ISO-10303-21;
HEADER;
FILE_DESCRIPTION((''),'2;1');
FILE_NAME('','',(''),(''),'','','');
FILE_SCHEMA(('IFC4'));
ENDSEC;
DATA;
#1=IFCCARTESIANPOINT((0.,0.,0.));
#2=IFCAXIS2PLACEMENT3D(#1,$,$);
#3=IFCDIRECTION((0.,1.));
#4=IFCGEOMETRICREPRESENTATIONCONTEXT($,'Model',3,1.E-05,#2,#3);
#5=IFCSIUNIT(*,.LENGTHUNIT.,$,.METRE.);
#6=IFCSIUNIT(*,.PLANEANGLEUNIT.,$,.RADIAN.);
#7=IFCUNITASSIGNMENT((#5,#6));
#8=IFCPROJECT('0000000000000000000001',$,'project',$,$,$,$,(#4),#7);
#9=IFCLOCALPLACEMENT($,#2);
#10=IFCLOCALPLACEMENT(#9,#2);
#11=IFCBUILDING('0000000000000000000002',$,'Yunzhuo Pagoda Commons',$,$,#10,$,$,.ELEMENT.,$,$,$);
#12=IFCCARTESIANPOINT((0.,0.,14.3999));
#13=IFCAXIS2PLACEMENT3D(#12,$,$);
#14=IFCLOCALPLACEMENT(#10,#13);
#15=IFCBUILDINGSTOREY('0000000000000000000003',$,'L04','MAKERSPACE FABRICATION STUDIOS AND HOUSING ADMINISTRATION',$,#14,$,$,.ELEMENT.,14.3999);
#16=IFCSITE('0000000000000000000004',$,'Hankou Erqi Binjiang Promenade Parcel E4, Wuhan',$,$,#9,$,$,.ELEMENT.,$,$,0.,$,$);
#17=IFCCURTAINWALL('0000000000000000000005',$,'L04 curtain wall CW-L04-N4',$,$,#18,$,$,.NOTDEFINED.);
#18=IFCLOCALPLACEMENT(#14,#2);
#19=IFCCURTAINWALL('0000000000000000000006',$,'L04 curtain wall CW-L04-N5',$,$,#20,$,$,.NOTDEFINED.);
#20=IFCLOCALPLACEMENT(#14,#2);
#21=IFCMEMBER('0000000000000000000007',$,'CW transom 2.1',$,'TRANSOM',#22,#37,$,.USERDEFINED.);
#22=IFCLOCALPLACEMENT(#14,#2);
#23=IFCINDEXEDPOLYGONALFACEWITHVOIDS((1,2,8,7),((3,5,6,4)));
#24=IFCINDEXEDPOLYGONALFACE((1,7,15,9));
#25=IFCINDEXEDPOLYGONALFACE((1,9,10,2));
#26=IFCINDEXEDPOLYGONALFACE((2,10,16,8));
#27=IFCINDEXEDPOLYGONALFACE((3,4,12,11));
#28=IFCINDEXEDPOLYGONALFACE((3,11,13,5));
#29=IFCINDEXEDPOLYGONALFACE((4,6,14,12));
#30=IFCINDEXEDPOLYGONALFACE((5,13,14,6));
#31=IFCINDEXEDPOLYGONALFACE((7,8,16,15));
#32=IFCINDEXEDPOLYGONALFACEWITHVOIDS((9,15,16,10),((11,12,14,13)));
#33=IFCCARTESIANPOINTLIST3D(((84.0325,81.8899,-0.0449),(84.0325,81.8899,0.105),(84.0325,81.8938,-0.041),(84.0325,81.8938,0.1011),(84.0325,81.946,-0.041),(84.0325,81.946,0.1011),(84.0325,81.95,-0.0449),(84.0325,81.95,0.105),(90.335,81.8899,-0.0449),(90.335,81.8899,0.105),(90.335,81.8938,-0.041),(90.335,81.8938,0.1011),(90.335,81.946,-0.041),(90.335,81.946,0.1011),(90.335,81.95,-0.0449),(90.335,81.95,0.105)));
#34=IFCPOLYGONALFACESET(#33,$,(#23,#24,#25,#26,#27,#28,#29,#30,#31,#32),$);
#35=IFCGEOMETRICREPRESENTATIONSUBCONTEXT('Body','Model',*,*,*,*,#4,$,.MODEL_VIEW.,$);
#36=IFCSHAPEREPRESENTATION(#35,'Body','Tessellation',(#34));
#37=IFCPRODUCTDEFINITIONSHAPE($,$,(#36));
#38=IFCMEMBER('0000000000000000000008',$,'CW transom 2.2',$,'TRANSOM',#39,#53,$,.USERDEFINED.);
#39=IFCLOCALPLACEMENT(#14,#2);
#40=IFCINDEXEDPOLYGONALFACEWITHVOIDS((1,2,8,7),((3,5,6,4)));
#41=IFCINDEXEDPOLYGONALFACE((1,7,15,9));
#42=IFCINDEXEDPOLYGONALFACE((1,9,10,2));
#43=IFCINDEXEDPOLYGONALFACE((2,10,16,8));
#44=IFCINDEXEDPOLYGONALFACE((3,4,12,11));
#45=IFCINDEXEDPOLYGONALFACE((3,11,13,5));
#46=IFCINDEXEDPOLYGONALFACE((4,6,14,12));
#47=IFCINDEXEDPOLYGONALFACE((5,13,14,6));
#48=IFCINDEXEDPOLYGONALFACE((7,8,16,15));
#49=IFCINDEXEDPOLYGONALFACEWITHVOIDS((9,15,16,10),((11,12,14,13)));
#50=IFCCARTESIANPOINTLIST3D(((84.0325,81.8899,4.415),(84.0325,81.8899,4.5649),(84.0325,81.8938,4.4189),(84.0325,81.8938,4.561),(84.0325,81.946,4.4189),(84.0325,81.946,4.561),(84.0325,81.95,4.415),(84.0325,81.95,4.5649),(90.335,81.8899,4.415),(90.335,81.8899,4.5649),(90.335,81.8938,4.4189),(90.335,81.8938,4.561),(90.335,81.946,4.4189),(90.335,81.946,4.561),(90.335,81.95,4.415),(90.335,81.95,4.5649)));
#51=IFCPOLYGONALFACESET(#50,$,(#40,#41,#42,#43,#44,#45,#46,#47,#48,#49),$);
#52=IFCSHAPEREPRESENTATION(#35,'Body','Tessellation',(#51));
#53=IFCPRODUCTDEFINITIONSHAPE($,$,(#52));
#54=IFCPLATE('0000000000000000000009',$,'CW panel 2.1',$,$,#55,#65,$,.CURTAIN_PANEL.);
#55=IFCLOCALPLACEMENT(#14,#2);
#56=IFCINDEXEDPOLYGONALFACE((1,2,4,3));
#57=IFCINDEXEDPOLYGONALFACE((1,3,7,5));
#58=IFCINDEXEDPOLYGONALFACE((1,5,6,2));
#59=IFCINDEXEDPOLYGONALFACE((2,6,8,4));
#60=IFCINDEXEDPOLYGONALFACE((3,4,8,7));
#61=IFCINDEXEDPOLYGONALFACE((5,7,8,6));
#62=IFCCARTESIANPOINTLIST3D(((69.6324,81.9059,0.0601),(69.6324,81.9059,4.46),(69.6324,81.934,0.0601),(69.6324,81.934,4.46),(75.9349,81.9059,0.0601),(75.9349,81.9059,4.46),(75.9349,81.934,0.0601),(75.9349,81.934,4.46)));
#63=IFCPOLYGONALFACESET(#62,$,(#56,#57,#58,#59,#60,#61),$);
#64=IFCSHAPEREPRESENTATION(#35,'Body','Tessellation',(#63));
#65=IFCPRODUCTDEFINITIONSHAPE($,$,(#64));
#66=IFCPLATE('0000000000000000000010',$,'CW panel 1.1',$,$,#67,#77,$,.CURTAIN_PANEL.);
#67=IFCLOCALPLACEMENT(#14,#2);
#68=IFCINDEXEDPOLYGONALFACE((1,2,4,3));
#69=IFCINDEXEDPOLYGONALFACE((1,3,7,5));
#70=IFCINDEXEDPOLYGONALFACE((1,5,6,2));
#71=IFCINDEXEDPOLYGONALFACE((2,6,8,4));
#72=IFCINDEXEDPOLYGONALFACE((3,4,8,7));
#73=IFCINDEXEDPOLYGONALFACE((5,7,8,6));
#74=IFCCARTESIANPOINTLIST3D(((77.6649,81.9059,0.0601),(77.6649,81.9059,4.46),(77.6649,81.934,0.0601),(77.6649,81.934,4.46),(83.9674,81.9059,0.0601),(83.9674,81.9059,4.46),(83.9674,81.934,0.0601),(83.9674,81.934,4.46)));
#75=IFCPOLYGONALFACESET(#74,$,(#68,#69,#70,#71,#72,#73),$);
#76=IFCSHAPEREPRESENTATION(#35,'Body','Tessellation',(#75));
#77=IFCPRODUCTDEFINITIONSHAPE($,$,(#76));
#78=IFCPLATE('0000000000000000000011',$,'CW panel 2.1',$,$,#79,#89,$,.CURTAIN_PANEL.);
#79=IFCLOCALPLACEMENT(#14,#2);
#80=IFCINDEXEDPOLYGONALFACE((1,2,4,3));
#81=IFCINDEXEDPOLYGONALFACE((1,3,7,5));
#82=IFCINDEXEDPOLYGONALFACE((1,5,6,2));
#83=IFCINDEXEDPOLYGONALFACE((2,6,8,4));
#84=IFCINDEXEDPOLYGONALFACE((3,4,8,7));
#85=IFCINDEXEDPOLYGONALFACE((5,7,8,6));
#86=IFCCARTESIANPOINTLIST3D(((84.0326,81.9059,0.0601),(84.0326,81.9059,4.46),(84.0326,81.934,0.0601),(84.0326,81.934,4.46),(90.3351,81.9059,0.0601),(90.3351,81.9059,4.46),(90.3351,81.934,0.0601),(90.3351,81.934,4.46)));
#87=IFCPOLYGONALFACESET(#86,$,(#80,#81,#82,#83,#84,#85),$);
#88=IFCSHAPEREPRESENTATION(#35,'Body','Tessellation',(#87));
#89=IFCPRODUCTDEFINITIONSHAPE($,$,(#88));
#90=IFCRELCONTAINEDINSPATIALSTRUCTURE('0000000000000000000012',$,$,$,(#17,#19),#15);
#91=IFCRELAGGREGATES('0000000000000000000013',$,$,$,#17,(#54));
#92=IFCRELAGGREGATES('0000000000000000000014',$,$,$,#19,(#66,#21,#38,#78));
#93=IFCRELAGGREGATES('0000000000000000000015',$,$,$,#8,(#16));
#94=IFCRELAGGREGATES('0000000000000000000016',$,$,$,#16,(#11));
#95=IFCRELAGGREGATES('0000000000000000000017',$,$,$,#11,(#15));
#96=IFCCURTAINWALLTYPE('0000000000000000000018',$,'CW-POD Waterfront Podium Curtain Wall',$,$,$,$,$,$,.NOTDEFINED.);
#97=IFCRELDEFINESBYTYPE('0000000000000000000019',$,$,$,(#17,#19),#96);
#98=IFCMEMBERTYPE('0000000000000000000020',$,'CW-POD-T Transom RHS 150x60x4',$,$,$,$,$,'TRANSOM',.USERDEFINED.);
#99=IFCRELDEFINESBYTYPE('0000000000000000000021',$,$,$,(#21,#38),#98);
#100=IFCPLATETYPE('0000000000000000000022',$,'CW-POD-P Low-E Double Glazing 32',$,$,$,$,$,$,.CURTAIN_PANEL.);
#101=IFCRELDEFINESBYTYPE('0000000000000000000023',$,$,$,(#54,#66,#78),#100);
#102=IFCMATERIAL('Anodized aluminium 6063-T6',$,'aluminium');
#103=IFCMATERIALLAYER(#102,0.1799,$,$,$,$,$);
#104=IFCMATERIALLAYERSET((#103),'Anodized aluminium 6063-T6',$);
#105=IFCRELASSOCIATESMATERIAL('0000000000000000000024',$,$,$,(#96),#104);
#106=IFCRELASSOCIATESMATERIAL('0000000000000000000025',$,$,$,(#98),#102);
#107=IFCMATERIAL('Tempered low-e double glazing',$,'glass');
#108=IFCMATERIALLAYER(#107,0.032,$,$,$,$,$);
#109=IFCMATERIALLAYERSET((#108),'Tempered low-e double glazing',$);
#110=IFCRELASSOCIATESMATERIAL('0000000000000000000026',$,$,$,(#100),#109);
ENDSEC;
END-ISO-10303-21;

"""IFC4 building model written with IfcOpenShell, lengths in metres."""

from ifc_helpers import new_model, si_unit, direction, frame, origin, origin_2d, place, context, subcontext, project, spatial, rectangle, hollow_rectangle, extrude, source, transform, mapped, material, layer, layer_set, material_profile, profile_set, type_object, element, aggregate, save


model = new_model("IFC4")

# Units and contexts
model_context = context("Model", 3, precision=1e-05, world=origin(), true_north=direction((0.0, 1.0)))
body_context = subcontext(model_context, "Body", "Model", "MODEL_VIEW")
ifc_project = project(units=[si_unit("LENGTHUNIT", "METRE"), si_unit("PLANEANGLEUNIT", "RADIAN")], contexts=[model_context])

# Site, building, storey
site_placement = place(None, origin())
site = spatial("IfcSite", under=ifc_project, at=site_placement, Name="Hankou Erqi Binjiang Promenade Parcel E4, Wuhan", CompositionType="ELEMENT", RefElevation=0.0)
building_placement = place(site_placement, origin())
building = spatial("IfcBuilding", under=site, at=building_placement, Name="Yunzhuo Pagoda Commons", CompositionType="ELEMENT")
storey_placement = place(building_placement, frame((0.0, 0.0, 14.3999)))
storey = spatial("IfcBuildingStorey", under=building, at=storey_placement, Name="L04", Description="MAKERSPACE FABRICATION STUDIOS AND HOUSING ADMINISTRATION", CompositionType="ELEMENT", Elevation=14.3999)

# Curtain walls
ifc_material_1 = material(Name="Anodized aluminium 6063-T6", Category="aluminium")
ifc_layer_1 = layer(ifc_material_1, 0.1799)
ifc_layer_set_1 = layer_set([ifc_layer_1], Name="Anodized aluminium 6063-T6")
curtain_wall_type = type_object("IfcCurtainWallType", Name="CW-POD Waterfront Podium Curtain Wall", PredefinedType="NOTDEFINED", material=ifc_layer_set_1)
curtain_wall_1_placement = place(storey_placement, origin())
curtain_wall_1 = element("IfcCurtainWall", 1, at=curtain_wall_1_placement, inside=storey, type_object=curtain_wall_type, Name="L04 curtain wall CW-L04-N4", PredefinedType="NOTDEFINED")
curtain_wall_2_placement = place(storey_placement, origin())
curtain_wall_2 = element("IfcCurtainWall", 2, at=curtain_wall_2_placement, inside=storey, type_object=curtain_wall_type, Name="L04 curtain wall CW-L04-N5", PredefinedType="NOTDEFINED")

# Members
ifc_material_profile_1 = material_profile(ifc_material_1, hollow_rectangle(XDim=0.0601, YDim=0.1499, WallThickness=0.0039, at=origin_2d()), Name="Anodized aluminium 6063-T6")
ifc_profile_set_1 = profile_set([ifc_material_profile_1], Name="Anodized aluminium 6063-T6")
member_type_1 = type_object("IfcMemberType", Name="CW-POD-T Transom RHS 150x60x4", ElementType="TRANSOM", PredefinedType="USERDEFINED", material=ifc_profile_set_1)
shared_shape_1 = source(origin(), body_context, "Body", "SweptSolid", [
    extrude(hollow_rectangle(XDim=0.0601, YDim=0.1499, WallThickness=0.0039, at=origin_2d()), origin(), (0.0, 0.0, 1.0), 6.3025),
])
member_1_placement = place(storey_placement, frame((84.0325, 81.9199, 0.03), z_axis=(1.0, 0.0, 0.0), x_axis=(0.0, 1.0, 0.0)))
member_1 = element("IfcMember", 3, at=member_1_placement, type_object=member_type_1, Name="CW transom 2.1", ObjectType="TRANSOM", PredefinedType="USERDEFINED", context=body_context, shape_type="MappedRepresentation", body=[
    mapped(shared_shape_1, transform((0.0, 0.0, 0.0), scale=1.0)),
])
member_2_placement = place(storey_placement, frame((84.0325, 81.9199, 4.49), z_axis=(1.0, 0.0, 0.0), x_axis=(0.0, 1.0, 0.0)))
member_2 = element("IfcMember", 4, at=member_2_placement, type_object=member_type_1, Name="CW transom 2.2", ObjectType="TRANSOM", PredefinedType="USERDEFINED", context=body_context, shape_type="MappedRepresentation", body=[
    mapped(shared_shape_1, transform((0.0, 0.0, 0.0), scale=1.0)),
])

# Plates
ifc_material_2 = material(Name="Tempered low-e double glazing", Category="glass")
ifc_layer_2 = layer(ifc_material_2, 0.032)
ifc_layer_set_2 = layer_set([ifc_layer_2], Name="Tempered low-e double glazing")
plate_type = type_object("IfcPlateType", Name="CW-POD-P Low-E Double Glazing 32", PredefinedType="CURTAIN_PANEL", material=ifc_layer_set_2)
shared_shape_2 = source(origin(), body_context, "Body", "SweptSolid", [
    extrude(rectangle(XDim=6.3025, YDim=0.0281, at=origin_2d()), origin(), (0.0, 0.0, 1.0), 4.3999),
])
plate_1_placement = place(storey_placement, frame((72.7837, 81.9199, 0.0601), z_axis=(0.0, 0.0, 1.0), x_axis=(1.0, 0.0, 0.0)))
plate_1 = element("IfcPlate", 5, at=plate_1_placement, type_object=plate_type, Name="CW panel 2.1", PredefinedType="CURTAIN_PANEL", context=body_context, shape_type="MappedRepresentation", body=[
    mapped(shared_shape_2, transform((0.0, 0.0, 0.0), scale=1.0)),
])
aggregate(curtain_wall_1, [plate_1])
plate_2_placement = place(storey_placement, frame((80.8162, 81.9199, 0.0601), z_axis=(0.0, 0.0, 1.0), x_axis=(1.0, 0.0, 0.0)))
plate_2 = element("IfcPlate", 6, at=plate_2_placement, type_object=plate_type, Name="CW panel 1.1", PredefinedType="CURTAIN_PANEL", context=body_context, shape_type="MappedRepresentation", body=[
    mapped(shared_shape_2, transform((0.0, 0.0, 0.0), scale=1.0)),
])
plate_3_placement = place(storey_placement, frame((87.1838, 81.9199, 0.0601), z_axis=(0.0, 0.0, 1.0), x_axis=(1.0, 0.0, 0.0)))
plate_3 = element("IfcPlate", 7, at=plate_3_placement, type_object=plate_type, Name="CW panel 2.1", PredefinedType="CURTAIN_PANEL", context=body_context, shape_type="MappedRepresentation", body=[
    mapped(shared_shape_2, transform((0.0, 0.0, 0.0), scale=1.0)),
])
aggregate(curtain_wall_2, [plate_2, member_1, member_2, plate_3])

save(model, "model.ifc")
